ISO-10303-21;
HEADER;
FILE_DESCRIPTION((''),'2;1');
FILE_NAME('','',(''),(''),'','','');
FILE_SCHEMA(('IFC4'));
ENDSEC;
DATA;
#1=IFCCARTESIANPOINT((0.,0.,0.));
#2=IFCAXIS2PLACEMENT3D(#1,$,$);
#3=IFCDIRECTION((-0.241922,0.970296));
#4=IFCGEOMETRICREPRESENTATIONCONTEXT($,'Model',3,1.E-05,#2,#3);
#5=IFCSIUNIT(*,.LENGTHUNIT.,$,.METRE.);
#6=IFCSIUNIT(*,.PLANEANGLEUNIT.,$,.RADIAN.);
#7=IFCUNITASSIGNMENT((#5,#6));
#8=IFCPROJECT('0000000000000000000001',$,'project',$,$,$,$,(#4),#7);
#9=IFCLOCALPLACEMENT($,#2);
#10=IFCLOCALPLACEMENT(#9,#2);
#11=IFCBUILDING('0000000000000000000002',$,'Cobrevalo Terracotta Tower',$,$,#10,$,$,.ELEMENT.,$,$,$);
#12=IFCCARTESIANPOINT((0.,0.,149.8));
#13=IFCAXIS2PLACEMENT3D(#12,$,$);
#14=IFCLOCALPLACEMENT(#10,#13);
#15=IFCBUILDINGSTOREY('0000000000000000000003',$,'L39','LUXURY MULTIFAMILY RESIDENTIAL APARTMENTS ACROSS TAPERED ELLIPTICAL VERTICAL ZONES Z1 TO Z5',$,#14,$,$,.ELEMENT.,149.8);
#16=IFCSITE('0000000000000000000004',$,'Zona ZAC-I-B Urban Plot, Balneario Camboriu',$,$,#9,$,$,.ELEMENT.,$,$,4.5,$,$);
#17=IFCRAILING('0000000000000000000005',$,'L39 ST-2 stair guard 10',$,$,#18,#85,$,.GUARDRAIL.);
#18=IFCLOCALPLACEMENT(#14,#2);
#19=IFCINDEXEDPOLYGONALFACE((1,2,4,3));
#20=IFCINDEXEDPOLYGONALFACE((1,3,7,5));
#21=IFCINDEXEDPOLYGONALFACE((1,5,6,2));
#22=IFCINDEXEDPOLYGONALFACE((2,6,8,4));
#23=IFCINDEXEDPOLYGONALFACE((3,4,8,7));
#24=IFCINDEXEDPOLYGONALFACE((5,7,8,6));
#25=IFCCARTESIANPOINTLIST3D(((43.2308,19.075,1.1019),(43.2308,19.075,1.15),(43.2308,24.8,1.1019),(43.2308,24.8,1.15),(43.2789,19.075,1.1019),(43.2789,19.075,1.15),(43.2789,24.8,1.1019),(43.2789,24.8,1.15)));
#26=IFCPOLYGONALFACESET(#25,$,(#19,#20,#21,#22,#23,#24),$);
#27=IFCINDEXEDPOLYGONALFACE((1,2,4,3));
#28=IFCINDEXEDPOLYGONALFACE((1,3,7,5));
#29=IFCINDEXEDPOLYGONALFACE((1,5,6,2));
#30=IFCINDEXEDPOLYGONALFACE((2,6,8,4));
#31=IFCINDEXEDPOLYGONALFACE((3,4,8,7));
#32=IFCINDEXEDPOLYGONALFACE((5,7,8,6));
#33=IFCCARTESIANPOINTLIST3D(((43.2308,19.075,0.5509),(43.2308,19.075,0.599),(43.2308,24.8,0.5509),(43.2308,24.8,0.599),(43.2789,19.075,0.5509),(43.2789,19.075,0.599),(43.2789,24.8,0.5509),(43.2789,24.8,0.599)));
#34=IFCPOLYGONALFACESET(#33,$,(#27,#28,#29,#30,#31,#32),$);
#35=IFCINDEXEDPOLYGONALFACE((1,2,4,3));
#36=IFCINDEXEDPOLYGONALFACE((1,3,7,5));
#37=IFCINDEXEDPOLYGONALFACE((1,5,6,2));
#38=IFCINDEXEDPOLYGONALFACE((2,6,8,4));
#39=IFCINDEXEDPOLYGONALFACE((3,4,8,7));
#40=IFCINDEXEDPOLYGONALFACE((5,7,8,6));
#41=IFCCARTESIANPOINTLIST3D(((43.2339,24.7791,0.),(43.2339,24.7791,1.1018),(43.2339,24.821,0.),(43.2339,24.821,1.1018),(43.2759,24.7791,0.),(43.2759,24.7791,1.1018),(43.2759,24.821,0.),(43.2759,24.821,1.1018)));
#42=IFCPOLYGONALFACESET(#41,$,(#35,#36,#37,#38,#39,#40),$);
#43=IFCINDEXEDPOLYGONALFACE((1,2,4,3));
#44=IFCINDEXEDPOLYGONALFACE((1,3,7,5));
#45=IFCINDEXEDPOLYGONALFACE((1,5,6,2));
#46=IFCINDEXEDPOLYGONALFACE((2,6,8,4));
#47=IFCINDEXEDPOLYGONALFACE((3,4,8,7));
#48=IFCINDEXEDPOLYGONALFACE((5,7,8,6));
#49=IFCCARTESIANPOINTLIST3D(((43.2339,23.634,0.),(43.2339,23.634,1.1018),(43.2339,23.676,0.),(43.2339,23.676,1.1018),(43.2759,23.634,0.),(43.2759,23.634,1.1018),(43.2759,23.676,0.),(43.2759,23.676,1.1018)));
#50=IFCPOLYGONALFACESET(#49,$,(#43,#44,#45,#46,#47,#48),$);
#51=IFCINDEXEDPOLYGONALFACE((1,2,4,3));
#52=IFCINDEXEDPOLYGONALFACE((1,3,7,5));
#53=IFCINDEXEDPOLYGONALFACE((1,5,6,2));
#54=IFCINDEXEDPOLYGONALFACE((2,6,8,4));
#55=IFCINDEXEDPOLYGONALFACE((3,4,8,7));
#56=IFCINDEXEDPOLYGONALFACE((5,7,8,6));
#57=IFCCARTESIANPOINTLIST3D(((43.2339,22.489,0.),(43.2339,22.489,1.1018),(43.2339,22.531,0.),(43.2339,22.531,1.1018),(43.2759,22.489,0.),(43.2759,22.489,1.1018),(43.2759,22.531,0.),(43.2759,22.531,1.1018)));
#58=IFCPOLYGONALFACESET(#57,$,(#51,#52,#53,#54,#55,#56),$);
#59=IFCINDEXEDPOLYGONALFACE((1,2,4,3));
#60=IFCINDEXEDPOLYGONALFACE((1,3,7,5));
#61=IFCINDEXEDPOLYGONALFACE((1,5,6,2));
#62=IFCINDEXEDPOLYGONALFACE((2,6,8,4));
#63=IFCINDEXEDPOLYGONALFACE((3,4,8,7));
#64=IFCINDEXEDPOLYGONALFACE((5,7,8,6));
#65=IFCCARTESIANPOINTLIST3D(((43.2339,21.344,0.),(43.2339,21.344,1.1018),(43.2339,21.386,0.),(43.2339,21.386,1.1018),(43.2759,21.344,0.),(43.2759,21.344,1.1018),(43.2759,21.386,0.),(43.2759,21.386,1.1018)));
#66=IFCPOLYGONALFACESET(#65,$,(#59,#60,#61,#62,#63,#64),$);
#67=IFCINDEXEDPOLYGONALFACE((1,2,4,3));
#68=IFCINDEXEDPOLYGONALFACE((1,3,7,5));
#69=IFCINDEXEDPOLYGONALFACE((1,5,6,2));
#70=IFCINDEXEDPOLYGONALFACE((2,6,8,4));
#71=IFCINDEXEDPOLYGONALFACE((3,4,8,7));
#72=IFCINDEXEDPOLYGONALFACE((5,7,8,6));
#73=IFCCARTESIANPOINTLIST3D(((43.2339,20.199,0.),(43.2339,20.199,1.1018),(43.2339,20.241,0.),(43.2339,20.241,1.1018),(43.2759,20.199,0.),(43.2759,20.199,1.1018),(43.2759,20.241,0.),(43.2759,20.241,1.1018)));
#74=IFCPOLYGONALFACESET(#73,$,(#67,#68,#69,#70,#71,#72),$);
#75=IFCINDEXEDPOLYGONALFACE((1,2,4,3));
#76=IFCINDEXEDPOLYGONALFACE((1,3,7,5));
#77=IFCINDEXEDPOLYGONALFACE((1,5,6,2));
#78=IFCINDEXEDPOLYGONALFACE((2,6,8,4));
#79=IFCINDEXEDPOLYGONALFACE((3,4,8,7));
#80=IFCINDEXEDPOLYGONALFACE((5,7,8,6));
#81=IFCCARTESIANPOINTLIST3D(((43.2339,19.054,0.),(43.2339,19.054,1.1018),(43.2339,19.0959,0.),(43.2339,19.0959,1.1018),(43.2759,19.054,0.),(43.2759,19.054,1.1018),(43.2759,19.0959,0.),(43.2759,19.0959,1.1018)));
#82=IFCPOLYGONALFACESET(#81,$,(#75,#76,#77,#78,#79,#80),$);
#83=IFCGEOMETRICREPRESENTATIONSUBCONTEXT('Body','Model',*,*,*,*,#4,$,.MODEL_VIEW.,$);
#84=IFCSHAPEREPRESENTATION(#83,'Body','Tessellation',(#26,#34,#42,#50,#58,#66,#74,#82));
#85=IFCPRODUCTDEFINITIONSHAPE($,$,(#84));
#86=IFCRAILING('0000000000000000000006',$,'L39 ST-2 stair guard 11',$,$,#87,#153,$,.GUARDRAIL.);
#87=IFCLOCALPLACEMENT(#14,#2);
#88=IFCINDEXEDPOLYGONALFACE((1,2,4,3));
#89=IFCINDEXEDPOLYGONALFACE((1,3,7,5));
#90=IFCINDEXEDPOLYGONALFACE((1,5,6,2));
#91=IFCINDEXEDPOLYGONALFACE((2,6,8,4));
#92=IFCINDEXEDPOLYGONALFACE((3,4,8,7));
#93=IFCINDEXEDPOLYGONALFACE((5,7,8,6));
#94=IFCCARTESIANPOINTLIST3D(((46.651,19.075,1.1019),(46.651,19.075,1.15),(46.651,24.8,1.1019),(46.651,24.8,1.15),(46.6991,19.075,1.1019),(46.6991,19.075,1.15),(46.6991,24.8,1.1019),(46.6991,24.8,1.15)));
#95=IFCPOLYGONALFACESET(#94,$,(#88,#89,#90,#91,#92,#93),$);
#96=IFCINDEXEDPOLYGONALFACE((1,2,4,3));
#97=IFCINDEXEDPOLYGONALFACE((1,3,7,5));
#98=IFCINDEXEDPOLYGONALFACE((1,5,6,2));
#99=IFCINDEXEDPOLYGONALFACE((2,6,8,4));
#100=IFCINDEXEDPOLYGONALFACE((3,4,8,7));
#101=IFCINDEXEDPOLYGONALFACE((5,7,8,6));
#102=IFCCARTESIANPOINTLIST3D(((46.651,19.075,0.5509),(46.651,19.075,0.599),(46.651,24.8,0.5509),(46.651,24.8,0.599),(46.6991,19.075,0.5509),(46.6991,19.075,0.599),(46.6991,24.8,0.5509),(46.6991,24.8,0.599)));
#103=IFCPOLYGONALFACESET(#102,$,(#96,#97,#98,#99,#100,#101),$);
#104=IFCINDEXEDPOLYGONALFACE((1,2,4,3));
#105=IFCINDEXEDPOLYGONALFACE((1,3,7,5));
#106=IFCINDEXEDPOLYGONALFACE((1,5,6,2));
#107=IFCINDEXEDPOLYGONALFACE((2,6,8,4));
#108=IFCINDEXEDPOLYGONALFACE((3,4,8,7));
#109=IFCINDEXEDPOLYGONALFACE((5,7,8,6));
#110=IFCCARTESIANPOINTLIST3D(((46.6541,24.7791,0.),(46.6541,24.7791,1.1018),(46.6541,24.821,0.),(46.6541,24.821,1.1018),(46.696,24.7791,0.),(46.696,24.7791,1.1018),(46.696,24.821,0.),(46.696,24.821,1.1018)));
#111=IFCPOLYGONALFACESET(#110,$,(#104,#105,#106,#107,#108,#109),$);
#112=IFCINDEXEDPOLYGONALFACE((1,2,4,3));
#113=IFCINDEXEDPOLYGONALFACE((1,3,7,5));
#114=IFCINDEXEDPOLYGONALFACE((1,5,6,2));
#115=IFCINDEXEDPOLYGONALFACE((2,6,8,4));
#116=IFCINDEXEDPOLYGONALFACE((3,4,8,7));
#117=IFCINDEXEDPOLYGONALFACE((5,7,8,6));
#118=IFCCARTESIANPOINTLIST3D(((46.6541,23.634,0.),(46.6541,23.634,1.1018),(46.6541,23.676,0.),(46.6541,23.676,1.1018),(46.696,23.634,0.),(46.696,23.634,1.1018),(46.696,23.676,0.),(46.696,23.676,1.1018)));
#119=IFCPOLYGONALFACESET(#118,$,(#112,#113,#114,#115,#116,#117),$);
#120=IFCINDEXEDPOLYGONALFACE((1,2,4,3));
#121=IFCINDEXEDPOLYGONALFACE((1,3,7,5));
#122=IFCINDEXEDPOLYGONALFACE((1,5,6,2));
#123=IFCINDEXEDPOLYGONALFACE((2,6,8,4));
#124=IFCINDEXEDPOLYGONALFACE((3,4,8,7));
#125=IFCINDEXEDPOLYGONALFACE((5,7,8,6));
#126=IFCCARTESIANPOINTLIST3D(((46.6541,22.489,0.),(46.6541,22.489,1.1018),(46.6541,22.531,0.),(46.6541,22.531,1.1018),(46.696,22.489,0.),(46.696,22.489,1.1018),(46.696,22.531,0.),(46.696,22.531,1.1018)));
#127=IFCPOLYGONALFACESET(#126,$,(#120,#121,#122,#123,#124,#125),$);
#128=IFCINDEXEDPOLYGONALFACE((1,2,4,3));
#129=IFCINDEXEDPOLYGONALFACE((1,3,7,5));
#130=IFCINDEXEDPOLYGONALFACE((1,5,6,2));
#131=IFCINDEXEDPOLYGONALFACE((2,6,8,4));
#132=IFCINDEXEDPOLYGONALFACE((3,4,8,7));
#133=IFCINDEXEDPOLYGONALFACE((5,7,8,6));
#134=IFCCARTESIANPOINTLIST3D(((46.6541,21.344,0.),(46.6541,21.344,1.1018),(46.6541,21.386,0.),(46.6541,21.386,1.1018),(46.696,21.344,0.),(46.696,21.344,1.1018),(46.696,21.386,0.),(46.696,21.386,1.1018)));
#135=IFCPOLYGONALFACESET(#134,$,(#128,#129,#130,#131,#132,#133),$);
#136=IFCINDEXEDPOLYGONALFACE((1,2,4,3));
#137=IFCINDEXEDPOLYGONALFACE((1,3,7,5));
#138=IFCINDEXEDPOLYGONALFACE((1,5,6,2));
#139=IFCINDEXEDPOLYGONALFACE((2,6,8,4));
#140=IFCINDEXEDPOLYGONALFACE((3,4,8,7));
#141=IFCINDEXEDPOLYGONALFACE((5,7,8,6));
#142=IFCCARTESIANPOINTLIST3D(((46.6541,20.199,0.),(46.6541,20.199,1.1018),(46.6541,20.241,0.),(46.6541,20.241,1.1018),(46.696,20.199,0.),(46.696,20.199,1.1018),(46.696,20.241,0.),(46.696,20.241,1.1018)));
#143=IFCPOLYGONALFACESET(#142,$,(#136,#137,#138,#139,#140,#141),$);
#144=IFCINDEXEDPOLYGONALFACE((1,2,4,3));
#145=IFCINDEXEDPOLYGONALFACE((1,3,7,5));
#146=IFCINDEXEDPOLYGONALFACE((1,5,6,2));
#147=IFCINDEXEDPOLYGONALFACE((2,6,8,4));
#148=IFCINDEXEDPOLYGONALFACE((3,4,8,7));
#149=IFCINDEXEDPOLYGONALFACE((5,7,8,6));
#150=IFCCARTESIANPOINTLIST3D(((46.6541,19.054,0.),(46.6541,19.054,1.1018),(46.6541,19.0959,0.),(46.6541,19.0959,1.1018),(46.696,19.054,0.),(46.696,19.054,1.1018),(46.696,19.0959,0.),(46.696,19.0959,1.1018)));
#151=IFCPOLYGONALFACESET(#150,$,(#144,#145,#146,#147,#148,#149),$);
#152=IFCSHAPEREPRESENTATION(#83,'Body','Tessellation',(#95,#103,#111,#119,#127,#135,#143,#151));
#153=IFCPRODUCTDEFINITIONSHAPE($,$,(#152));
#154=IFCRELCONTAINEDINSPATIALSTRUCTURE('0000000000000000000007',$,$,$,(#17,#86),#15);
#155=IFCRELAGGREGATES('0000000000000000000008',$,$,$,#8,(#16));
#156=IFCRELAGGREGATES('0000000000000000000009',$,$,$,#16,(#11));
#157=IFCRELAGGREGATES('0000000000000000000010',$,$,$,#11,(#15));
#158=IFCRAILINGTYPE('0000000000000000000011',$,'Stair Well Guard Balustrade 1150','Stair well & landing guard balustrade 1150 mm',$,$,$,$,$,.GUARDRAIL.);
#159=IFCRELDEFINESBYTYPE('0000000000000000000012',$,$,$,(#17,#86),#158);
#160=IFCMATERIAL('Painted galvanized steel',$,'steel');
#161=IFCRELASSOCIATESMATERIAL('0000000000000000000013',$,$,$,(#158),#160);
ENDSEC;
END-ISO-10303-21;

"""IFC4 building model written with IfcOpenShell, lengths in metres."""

from ifc_helpers import new_model, si_unit, direction, frame, origin, origin_2d, place, context, subcontext, project, spatial, rectangle, extrude, material, type_object, element, save


model = new_model("IFC4")

# Units and contexts
model_context = context("Model", 3, precision=1e-05, world=origin(), true_north=direction((-0.241922, 0.970296)))
body_context = subcontext(model_context, "Body", "Model", "MODEL_VIEW")
ifc_project = project(units=[si_unit("LENGTHUNIT", "METRE"), si_unit("PLANEANGLEUNIT", "RADIAN")], contexts=[model_context])

# Site, building, storey
site_placement = place(None, origin())
site = spatial("IfcSite", under=ifc_project, at=site_placement, Name="Zona ZAC-I-B Urban Plot, Balneario Camboriu", CompositionType="ELEMENT", RefElevation=4.5)
building_placement = place(site_placement, origin())
building = spatial("IfcBuilding", under=site, at=building_placement, Name="Cobrevalo Terracotta Tower", CompositionType="ELEMENT")
storey_placement = place(building_placement, frame((0.0, 0.0, 149.8)))
storey = spatial("IfcBuildingStorey", under=building, at=storey_placement, Name="L39", Description="LUXURY MULTIFAMILY RESIDENTIAL APARTMENTS ACROSS TAPERED ELLIPTICAL VERTICAL ZONES Z1 TO Z5", CompositionType="ELEMENT", Elevation=149.8)

# Railings
ifc_material_1 = material(Name="Painted galvanized steel", Category="steel")
railing_type_1 = type_object("IfcRailingType", Name="Stair Well Guard Balustrade 1150", Description="Stair well & landing guard balustrade 1150 mm", PredefinedType="GUARDRAIL", material=ifc_material_1)
for number, where, name in (
    (1, (43.2549, 24.8, 0.0), "L39 ST-2 stair guard 10"),
    (2, (46.675, 24.8, 0.0), "L39 ST-2 stair guard 11"),
):
    element("IfcRailing", number, at=place(storey_placement, frame(where)), inside=storey, type_object=railing_type_1, Name=name, PredefinedType="GUARDRAIL", context=body_context, shape_type="SweptSolid", body=[
        extrude(rectangle(XDim=0.0481, YDim=0.0481, at=origin_2d()), frame((0.0, 0.0, 1.126), z_axis=(0.0, -1.0, 0.0), x_axis=(1.0, 0.0, 0.0)), (0.0, 0.0, 1.0), 5.7251),
        extrude(rectangle(XDim=0.0481, YDim=0.0481, at=origin_2d()), frame((0.0, 0.0, 0.575), z_axis=(0.0, -1.0, 0.0), x_axis=(1.0, 0.0, 0.0)), (0.0, 0.0, 1.0), 5.7251),
        extrude(rectangle(XDim=0.042, YDim=0.042, at=origin_2d()), origin(), (0.0, 0.0, 1.0), 1.1018),
        extrude(rectangle(XDim=0.042, YDim=0.042, at=origin_2d()), frame((0.0, -1.145, 0.0)), (0.0, 0.0, 1.0), 1.1018),
        extrude(rectangle(XDim=0.042, YDim=0.042, at=origin_2d()), frame((0.0, -2.29, 0.0)), (0.0, 0.0, 1.0), 1.1018),
        extrude(rectangle(XDim=0.042, YDim=0.042, at=origin_2d()), frame((0.0, -3.4351, 0.0)), (0.0, 0.0, 1.0), 1.1018),
        extrude(rectangle(XDim=0.042, YDim=0.042, at=origin_2d()), frame((0.0, -4.5801, 0.0)), (0.0, 0.0, 1.0), 1.1018),
        extrude(rectangle(XDim=0.042, YDim=0.042, at=origin_2d()), frame((0.0, -5.7251, 0.0)), (0.0, 0.0, 1.0), 1.1018),
    ])

save(model, "model.ifc")
